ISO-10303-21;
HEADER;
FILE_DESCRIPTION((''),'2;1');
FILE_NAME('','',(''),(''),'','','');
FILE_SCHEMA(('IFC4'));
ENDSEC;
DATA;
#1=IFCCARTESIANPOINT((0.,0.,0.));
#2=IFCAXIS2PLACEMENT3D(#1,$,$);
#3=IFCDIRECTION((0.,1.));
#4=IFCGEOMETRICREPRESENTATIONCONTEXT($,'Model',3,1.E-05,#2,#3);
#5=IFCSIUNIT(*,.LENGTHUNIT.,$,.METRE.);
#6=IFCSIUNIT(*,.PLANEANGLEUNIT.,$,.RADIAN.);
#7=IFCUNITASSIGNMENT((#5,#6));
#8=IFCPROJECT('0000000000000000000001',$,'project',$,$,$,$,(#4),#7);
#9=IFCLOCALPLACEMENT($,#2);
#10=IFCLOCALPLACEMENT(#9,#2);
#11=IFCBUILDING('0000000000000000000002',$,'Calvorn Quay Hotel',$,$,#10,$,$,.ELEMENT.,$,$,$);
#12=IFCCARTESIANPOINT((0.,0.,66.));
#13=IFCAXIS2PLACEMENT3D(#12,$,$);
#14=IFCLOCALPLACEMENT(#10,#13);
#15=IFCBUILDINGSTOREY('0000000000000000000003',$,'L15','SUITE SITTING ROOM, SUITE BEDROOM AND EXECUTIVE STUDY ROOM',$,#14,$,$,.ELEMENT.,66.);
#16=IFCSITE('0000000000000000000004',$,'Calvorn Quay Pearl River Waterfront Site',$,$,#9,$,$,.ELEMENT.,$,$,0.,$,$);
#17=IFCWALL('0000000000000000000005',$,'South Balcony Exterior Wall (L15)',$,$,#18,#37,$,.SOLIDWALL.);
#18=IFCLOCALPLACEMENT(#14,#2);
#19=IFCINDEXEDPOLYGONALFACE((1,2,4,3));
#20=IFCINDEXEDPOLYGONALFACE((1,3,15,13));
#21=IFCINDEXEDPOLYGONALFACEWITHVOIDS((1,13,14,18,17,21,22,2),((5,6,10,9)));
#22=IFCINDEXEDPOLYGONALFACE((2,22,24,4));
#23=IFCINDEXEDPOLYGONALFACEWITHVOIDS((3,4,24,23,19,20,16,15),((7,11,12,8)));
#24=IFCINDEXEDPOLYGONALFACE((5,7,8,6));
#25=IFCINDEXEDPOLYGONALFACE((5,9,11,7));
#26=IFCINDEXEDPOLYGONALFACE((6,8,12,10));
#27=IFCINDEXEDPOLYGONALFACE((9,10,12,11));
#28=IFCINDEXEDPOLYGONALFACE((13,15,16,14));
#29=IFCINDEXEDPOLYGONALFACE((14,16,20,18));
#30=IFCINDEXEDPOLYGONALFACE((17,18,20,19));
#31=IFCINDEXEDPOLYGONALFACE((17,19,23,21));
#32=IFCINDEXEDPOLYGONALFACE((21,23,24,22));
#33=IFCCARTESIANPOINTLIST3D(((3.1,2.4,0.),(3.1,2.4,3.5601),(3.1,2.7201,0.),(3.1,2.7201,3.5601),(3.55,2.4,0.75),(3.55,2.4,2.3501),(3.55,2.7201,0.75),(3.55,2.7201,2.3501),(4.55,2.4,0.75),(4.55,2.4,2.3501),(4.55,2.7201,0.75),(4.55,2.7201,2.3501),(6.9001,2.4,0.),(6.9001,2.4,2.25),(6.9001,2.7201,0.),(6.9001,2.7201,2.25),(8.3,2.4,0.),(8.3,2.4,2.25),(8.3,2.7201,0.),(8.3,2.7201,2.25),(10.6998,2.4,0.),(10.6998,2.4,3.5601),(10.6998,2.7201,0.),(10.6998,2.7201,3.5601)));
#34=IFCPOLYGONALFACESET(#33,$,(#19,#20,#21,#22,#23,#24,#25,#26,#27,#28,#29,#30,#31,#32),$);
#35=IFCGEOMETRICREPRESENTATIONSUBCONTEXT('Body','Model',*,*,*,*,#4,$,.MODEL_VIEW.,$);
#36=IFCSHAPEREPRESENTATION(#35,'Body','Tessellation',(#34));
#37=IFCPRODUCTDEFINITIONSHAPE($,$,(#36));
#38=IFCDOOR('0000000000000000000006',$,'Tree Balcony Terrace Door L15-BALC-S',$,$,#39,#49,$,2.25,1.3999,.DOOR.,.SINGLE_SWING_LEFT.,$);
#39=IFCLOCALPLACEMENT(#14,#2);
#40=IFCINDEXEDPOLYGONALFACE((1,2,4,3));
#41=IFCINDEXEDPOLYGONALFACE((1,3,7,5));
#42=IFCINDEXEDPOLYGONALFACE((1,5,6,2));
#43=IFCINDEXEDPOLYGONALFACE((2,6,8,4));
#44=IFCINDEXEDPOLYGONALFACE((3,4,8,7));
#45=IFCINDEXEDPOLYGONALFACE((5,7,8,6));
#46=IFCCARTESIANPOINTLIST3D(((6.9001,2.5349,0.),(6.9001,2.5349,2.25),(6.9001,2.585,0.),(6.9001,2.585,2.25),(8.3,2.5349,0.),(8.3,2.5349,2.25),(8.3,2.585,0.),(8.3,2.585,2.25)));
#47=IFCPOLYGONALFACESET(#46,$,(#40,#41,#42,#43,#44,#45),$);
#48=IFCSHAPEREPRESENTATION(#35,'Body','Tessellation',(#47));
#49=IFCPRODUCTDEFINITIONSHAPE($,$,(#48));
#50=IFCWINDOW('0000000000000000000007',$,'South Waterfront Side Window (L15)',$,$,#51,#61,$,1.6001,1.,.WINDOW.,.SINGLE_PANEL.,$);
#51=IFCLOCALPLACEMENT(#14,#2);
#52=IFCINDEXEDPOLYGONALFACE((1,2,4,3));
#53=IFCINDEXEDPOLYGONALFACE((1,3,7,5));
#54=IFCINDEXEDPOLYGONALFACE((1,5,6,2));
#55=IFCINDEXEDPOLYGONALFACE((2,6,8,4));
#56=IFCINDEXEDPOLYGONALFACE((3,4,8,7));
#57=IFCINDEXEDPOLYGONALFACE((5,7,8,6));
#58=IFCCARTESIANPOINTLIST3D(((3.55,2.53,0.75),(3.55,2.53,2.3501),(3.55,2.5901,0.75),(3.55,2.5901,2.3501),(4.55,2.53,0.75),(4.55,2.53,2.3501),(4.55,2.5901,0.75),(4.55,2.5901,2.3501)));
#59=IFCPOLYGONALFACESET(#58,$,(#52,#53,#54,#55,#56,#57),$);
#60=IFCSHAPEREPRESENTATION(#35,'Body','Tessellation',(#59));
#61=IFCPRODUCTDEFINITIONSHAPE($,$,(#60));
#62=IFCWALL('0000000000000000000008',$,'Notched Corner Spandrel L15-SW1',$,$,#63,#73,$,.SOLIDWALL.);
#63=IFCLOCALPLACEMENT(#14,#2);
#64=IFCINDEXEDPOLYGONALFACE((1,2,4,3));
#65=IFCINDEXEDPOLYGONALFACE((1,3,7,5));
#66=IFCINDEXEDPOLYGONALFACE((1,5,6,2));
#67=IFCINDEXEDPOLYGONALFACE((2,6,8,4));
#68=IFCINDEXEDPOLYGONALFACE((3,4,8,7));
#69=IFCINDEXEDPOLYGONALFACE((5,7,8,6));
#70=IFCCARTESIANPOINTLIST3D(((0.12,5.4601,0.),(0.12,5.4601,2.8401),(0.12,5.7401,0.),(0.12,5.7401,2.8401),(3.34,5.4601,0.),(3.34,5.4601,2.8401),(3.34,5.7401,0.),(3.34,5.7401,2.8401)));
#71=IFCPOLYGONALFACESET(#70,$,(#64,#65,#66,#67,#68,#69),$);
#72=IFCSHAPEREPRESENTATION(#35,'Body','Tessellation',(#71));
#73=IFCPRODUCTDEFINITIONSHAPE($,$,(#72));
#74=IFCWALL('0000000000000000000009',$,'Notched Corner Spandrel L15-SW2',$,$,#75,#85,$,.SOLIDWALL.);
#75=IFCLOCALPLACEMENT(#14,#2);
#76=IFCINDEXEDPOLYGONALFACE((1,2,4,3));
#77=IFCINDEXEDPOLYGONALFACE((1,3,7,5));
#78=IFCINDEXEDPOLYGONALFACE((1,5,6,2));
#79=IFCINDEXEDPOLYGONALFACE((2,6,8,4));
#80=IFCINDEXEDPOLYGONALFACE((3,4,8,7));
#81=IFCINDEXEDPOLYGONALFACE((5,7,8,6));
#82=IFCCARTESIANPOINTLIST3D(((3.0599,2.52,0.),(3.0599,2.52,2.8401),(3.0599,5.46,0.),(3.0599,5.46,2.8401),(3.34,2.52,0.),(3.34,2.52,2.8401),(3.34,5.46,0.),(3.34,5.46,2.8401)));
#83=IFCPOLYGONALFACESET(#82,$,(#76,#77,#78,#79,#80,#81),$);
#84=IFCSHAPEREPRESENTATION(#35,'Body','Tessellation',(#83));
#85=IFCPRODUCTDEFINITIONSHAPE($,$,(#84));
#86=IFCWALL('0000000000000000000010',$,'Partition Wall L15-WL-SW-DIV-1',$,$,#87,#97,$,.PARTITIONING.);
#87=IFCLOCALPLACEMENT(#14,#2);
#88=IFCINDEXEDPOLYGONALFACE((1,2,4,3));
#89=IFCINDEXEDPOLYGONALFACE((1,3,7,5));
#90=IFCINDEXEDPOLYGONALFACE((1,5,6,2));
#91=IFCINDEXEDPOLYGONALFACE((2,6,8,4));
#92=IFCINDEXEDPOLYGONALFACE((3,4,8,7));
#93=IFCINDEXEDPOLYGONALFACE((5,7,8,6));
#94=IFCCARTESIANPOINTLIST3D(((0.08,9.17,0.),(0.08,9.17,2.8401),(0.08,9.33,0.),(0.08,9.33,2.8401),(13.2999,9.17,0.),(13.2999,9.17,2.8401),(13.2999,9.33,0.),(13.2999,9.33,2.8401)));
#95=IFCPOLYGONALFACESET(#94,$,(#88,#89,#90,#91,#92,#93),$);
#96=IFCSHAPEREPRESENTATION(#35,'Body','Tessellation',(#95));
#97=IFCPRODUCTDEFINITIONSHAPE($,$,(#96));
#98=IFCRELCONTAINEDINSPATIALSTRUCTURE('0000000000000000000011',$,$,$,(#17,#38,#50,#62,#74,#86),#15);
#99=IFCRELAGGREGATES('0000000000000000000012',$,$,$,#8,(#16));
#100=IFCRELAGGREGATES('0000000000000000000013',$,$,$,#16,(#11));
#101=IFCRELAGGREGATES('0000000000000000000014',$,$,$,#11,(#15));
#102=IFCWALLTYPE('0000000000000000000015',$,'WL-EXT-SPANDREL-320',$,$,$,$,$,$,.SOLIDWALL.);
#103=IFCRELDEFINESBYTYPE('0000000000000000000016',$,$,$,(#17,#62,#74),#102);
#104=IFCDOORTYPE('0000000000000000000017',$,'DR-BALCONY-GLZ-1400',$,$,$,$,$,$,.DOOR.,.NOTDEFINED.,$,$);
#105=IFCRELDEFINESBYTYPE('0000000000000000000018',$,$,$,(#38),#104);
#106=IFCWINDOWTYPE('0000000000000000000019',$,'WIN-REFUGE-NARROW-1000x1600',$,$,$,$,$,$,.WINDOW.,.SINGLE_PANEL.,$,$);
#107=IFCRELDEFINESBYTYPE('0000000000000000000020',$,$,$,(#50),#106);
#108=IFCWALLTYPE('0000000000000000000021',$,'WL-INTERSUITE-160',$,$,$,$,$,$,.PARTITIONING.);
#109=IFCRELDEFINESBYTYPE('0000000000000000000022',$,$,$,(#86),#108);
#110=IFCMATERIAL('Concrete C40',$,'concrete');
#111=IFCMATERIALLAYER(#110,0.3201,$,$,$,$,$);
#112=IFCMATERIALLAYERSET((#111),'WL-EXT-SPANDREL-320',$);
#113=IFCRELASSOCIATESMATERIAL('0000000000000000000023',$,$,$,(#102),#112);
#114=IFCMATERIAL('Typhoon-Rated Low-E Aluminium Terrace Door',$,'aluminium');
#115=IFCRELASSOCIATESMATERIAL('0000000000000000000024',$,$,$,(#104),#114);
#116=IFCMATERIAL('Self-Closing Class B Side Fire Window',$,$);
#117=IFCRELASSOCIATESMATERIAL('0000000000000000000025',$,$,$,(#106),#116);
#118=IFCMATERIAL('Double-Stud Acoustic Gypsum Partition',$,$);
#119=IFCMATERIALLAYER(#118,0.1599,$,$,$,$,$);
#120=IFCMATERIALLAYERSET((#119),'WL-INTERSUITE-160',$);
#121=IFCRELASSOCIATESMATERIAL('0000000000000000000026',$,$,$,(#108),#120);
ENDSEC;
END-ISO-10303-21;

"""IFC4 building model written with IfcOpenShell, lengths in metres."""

from ifc_helpers import new_model, si_unit, direction, frame, frame_2d, origin, place, context, subcontext, project, spatial, rectangle, extrude, material, layer, layer_set, type_object, element, fill, save


model = new_model("IFC4")

# Units and contexts
model_context = context("Model", 3, precision=1e-05, world=origin(), true_north=direction((0.0, 1.0)))
body_context = subcontext(model_context, "Body", "Model", "MODEL_VIEW")
ifc_project = project(units=[si_unit("LENGTHUNIT", "METRE"), si_unit("PLANEANGLEUNIT", "RADIAN")], contexts=[model_context])

# Site, building, storey
site_placement = place(None, origin())
site = spatial("IfcSite", under=ifc_project, at=site_placement, Name="Calvorn Quay Pearl River Waterfront Site", CompositionType="ELEMENT", RefElevation=0.0)
building_placement = place(site_placement, origin())
building = spatial("IfcBuilding", under=site, at=building_placement, Name="Calvorn Quay Hotel", CompositionType="ELEMENT")
storey_placement = place(building_placement, frame((0.0, 0.0, 66.0)))
storey = spatial("IfcBuildingStorey", under=building, at=storey_placement, Name="L15", Description="SUITE SITTING ROOM, SUITE BEDROOM AND EXECUTIVE STUDY ROOM", CompositionType="ELEMENT", Elevation=66.0)

# Wall, openings, door, window
ifc_material_1 = material(Name="Concrete C40", Category="concrete")
ifc_layer_1 = layer(ifc_material_1, 0.3201)
ifc_layer_set_1 = layer_set([ifc_layer_1], Name="WL-EXT-SPANDREL-320")
wall_type_1 = type_object("IfcWallType", Name="WL-EXT-SPANDREL-320", PredefinedType="SOLIDWALL", material=ifc_layer_set_1)
wall_1_placement = place(storey_placement, frame((3.1001, 2.5601, 0.0), z_axis=(0.0, 0.0, 1.0), x_axis=(1.0, 0.0, 0.0)))
wall_1 = element("IfcWall", 1, at=wall_1_placement, inside=storey, type_object=wall_type_1, Name="South Balcony Exterior Wall (L15)", PredefinedType="SOLIDWALL", context=body_context, shape_type="SweptSolid", body=[
    extrude(rectangle(XDim=7.5999, YDim=0.3201, at=frame_2d((3.7998, 0.0))), origin(), (0.0, 0.0, 1.0), 3.5601),
])
opening_1_placement = place(wall_1_placement, frame((0.45, 0.0, 0.75)))
opening_1 = element("IfcOpeningElement", 2, at=opening_1_placement, cuts=wall_1, PredefinedType="OPENING", context=body_context, shape_type="SweptSolid", body=[
    extrude(rectangle(XDim=1.0, YDim=1.6001, at=frame_2d((0.5, 0.8))), frame((0.0, 0.1699, 0.0), z_axis=(0.0, -1.0, 0.0), x_axis=(1.0, 0.0, 0.0)), (0.0, 0.0, 1.0), 0.3401),
])
opening_2_placement = place(wall_1_placement, frame((3.8, 0.0, 0.0)))
opening_2 = element("IfcOpeningElement", 3, at=opening_2_placement, cuts=wall_1, PredefinedType="OPENING", context=body_context, shape_type="SweptSolid", body=[
    extrude(rectangle(XDim=1.3999, YDim=2.25, at=frame_2d((0.7, 1.125))), frame((0.0, 0.1699, 0.0), z_axis=(0.0, -1.0, 0.0), x_axis=(1.0, 0.0, 0.0)), (0.0, 0.0, 1.0), 0.3401),
])
ifc_material_2 = material(Name="Typhoon-Rated Low-E Aluminium Terrace Door", Category="aluminium")
door_type_1 = type_object("IfcDoorType", Name="DR-BALCONY-GLZ-1400", OperationType="NOTDEFINED", PredefinedType="DOOR", material=ifc_material_2)
door_1_placement = place(opening_2_placement, origin())
door_1 = element("IfcDoor", 4, at=door_1_placement, inside=storey, type_object=door_type_1, Name="Tree Balcony Terrace Door L15-BALC-S", OperationType="SINGLE_SWING_LEFT", OverallHeight=2.25, OverallWidth=1.3999, PredefinedType="DOOR", context=body_context, shape_type="SweptSolid", body=[
    extrude(rectangle(XDim=1.3999, YDim=2.25, at=frame_2d((0.7, 1.125))), frame((0.0, 0.0249, 0.0), z_axis=(0.0, -1.0, 0.0), x_axis=(1.0, 0.0, 0.0)), (0.0, 0.0, 1.0), 0.05),
])
fill(opening_2, door_1)
ifc_material_3 = material(Name="Self-Closing Class B Side Fire Window")
window_type = type_object("IfcWindowType", Name="WIN-REFUGE-NARROW-1000x1600", PartitioningType="SINGLE_PANEL", PredefinedType="WINDOW", material=ifc_material_3)
window_placement = place(opening_1_placement, origin())
window = element("IfcWindow", 5, at=window_placement, inside=storey, type_object=window_type, Name="South Waterfront Side Window (L15)", OverallHeight=1.6001, OverallWidth=1.0, PartitioningType="SINGLE_PANEL", PredefinedType="WINDOW", context=body_context, shape_type="SweptSolid", body=[
    extrude(rectangle(XDim=1.0, YDim=1.6001, at=frame_2d((0.5, 0.8))), frame((0.0, 0.03, 0.0), z_axis=(0.0, -1.0, 0.0), x_axis=(1.0, 0.0, 0.0)), (0.0, 0.0, 1.0), 0.0601),
])
fill(opening_1, window)

# Walls
wall_2_placement = place(storey_placement, frame((0.1201, 5.6001, 0.0), z_axis=(0.0, 0.0, 1.0), x_axis=(1.0, 0.0, 0.0)))
element("IfcWall", 6, at=wall_2_placement, inside=storey, type_object=wall_type_1, Name="Notched Corner Spandrel L15-SW1", PredefinedType="SOLIDWALL", context=body_context, shape_type="SweptSolid", body=[
    extrude(rectangle(XDim=3.22, YDim=0.28, at=frame_2d((1.6099, 0.0))), origin(), (0.0, 0.0, 1.0), 2.8401),
])
wall_3_placement = place(storey_placement, frame((3.2, 5.46, 0.0), z_axis=(0.0, 0.0, 1.0), x_axis=(0.0, -1.0, 0.0)))
element("IfcWall", 7, at=wall_3_placement, inside=storey, type_object=wall_type_1, Name="Notched Corner Spandrel L15-SW2", PredefinedType="SOLIDWALL", context=body_context, shape_type="SweptSolid", body=[
    extrude(rectangle(XDim=2.9399, YDim=0.28, at=frame_2d((1.47, 0.0))), origin(), (0.0, 0.0, 1.0), 2.8401),
])
ifc_material_4 = material(Name="Double-Stud Acoustic Gypsum Partition")
ifc_layer_2 = layer(ifc_material_4, 0.1599)
ifc_layer_set_2 = layer_set([ifc_layer_2], Name="WL-INTERSUITE-160")
wall_type_2 = type_object("IfcWallType", Name="WL-INTERSUITE-160", PredefinedType="PARTITIONING", material=ifc_layer_set_2)
wall_4_placement = place(storey_placement, frame((0.0801, 9.25, 0.0), z_axis=(0.0, 0.0, 1.0), x_axis=(1.0, 0.0, 0.0)))
element("IfcWall", 8, at=wall_4_placement, inside=storey, type_object=wall_type_2, Name="Partition Wall L15-WL-SW-DIV-1", PredefinedType="PARTITIONING", context=body_context, shape_type="SweptSolid", body=[
    extrude(rectangle(XDim=13.22, YDim=0.1599, at=frame_2d((6.6099, 0.0))), origin(), (0.0, 0.0, 1.0), 2.8401),
])

save(model, "model.ifc")
